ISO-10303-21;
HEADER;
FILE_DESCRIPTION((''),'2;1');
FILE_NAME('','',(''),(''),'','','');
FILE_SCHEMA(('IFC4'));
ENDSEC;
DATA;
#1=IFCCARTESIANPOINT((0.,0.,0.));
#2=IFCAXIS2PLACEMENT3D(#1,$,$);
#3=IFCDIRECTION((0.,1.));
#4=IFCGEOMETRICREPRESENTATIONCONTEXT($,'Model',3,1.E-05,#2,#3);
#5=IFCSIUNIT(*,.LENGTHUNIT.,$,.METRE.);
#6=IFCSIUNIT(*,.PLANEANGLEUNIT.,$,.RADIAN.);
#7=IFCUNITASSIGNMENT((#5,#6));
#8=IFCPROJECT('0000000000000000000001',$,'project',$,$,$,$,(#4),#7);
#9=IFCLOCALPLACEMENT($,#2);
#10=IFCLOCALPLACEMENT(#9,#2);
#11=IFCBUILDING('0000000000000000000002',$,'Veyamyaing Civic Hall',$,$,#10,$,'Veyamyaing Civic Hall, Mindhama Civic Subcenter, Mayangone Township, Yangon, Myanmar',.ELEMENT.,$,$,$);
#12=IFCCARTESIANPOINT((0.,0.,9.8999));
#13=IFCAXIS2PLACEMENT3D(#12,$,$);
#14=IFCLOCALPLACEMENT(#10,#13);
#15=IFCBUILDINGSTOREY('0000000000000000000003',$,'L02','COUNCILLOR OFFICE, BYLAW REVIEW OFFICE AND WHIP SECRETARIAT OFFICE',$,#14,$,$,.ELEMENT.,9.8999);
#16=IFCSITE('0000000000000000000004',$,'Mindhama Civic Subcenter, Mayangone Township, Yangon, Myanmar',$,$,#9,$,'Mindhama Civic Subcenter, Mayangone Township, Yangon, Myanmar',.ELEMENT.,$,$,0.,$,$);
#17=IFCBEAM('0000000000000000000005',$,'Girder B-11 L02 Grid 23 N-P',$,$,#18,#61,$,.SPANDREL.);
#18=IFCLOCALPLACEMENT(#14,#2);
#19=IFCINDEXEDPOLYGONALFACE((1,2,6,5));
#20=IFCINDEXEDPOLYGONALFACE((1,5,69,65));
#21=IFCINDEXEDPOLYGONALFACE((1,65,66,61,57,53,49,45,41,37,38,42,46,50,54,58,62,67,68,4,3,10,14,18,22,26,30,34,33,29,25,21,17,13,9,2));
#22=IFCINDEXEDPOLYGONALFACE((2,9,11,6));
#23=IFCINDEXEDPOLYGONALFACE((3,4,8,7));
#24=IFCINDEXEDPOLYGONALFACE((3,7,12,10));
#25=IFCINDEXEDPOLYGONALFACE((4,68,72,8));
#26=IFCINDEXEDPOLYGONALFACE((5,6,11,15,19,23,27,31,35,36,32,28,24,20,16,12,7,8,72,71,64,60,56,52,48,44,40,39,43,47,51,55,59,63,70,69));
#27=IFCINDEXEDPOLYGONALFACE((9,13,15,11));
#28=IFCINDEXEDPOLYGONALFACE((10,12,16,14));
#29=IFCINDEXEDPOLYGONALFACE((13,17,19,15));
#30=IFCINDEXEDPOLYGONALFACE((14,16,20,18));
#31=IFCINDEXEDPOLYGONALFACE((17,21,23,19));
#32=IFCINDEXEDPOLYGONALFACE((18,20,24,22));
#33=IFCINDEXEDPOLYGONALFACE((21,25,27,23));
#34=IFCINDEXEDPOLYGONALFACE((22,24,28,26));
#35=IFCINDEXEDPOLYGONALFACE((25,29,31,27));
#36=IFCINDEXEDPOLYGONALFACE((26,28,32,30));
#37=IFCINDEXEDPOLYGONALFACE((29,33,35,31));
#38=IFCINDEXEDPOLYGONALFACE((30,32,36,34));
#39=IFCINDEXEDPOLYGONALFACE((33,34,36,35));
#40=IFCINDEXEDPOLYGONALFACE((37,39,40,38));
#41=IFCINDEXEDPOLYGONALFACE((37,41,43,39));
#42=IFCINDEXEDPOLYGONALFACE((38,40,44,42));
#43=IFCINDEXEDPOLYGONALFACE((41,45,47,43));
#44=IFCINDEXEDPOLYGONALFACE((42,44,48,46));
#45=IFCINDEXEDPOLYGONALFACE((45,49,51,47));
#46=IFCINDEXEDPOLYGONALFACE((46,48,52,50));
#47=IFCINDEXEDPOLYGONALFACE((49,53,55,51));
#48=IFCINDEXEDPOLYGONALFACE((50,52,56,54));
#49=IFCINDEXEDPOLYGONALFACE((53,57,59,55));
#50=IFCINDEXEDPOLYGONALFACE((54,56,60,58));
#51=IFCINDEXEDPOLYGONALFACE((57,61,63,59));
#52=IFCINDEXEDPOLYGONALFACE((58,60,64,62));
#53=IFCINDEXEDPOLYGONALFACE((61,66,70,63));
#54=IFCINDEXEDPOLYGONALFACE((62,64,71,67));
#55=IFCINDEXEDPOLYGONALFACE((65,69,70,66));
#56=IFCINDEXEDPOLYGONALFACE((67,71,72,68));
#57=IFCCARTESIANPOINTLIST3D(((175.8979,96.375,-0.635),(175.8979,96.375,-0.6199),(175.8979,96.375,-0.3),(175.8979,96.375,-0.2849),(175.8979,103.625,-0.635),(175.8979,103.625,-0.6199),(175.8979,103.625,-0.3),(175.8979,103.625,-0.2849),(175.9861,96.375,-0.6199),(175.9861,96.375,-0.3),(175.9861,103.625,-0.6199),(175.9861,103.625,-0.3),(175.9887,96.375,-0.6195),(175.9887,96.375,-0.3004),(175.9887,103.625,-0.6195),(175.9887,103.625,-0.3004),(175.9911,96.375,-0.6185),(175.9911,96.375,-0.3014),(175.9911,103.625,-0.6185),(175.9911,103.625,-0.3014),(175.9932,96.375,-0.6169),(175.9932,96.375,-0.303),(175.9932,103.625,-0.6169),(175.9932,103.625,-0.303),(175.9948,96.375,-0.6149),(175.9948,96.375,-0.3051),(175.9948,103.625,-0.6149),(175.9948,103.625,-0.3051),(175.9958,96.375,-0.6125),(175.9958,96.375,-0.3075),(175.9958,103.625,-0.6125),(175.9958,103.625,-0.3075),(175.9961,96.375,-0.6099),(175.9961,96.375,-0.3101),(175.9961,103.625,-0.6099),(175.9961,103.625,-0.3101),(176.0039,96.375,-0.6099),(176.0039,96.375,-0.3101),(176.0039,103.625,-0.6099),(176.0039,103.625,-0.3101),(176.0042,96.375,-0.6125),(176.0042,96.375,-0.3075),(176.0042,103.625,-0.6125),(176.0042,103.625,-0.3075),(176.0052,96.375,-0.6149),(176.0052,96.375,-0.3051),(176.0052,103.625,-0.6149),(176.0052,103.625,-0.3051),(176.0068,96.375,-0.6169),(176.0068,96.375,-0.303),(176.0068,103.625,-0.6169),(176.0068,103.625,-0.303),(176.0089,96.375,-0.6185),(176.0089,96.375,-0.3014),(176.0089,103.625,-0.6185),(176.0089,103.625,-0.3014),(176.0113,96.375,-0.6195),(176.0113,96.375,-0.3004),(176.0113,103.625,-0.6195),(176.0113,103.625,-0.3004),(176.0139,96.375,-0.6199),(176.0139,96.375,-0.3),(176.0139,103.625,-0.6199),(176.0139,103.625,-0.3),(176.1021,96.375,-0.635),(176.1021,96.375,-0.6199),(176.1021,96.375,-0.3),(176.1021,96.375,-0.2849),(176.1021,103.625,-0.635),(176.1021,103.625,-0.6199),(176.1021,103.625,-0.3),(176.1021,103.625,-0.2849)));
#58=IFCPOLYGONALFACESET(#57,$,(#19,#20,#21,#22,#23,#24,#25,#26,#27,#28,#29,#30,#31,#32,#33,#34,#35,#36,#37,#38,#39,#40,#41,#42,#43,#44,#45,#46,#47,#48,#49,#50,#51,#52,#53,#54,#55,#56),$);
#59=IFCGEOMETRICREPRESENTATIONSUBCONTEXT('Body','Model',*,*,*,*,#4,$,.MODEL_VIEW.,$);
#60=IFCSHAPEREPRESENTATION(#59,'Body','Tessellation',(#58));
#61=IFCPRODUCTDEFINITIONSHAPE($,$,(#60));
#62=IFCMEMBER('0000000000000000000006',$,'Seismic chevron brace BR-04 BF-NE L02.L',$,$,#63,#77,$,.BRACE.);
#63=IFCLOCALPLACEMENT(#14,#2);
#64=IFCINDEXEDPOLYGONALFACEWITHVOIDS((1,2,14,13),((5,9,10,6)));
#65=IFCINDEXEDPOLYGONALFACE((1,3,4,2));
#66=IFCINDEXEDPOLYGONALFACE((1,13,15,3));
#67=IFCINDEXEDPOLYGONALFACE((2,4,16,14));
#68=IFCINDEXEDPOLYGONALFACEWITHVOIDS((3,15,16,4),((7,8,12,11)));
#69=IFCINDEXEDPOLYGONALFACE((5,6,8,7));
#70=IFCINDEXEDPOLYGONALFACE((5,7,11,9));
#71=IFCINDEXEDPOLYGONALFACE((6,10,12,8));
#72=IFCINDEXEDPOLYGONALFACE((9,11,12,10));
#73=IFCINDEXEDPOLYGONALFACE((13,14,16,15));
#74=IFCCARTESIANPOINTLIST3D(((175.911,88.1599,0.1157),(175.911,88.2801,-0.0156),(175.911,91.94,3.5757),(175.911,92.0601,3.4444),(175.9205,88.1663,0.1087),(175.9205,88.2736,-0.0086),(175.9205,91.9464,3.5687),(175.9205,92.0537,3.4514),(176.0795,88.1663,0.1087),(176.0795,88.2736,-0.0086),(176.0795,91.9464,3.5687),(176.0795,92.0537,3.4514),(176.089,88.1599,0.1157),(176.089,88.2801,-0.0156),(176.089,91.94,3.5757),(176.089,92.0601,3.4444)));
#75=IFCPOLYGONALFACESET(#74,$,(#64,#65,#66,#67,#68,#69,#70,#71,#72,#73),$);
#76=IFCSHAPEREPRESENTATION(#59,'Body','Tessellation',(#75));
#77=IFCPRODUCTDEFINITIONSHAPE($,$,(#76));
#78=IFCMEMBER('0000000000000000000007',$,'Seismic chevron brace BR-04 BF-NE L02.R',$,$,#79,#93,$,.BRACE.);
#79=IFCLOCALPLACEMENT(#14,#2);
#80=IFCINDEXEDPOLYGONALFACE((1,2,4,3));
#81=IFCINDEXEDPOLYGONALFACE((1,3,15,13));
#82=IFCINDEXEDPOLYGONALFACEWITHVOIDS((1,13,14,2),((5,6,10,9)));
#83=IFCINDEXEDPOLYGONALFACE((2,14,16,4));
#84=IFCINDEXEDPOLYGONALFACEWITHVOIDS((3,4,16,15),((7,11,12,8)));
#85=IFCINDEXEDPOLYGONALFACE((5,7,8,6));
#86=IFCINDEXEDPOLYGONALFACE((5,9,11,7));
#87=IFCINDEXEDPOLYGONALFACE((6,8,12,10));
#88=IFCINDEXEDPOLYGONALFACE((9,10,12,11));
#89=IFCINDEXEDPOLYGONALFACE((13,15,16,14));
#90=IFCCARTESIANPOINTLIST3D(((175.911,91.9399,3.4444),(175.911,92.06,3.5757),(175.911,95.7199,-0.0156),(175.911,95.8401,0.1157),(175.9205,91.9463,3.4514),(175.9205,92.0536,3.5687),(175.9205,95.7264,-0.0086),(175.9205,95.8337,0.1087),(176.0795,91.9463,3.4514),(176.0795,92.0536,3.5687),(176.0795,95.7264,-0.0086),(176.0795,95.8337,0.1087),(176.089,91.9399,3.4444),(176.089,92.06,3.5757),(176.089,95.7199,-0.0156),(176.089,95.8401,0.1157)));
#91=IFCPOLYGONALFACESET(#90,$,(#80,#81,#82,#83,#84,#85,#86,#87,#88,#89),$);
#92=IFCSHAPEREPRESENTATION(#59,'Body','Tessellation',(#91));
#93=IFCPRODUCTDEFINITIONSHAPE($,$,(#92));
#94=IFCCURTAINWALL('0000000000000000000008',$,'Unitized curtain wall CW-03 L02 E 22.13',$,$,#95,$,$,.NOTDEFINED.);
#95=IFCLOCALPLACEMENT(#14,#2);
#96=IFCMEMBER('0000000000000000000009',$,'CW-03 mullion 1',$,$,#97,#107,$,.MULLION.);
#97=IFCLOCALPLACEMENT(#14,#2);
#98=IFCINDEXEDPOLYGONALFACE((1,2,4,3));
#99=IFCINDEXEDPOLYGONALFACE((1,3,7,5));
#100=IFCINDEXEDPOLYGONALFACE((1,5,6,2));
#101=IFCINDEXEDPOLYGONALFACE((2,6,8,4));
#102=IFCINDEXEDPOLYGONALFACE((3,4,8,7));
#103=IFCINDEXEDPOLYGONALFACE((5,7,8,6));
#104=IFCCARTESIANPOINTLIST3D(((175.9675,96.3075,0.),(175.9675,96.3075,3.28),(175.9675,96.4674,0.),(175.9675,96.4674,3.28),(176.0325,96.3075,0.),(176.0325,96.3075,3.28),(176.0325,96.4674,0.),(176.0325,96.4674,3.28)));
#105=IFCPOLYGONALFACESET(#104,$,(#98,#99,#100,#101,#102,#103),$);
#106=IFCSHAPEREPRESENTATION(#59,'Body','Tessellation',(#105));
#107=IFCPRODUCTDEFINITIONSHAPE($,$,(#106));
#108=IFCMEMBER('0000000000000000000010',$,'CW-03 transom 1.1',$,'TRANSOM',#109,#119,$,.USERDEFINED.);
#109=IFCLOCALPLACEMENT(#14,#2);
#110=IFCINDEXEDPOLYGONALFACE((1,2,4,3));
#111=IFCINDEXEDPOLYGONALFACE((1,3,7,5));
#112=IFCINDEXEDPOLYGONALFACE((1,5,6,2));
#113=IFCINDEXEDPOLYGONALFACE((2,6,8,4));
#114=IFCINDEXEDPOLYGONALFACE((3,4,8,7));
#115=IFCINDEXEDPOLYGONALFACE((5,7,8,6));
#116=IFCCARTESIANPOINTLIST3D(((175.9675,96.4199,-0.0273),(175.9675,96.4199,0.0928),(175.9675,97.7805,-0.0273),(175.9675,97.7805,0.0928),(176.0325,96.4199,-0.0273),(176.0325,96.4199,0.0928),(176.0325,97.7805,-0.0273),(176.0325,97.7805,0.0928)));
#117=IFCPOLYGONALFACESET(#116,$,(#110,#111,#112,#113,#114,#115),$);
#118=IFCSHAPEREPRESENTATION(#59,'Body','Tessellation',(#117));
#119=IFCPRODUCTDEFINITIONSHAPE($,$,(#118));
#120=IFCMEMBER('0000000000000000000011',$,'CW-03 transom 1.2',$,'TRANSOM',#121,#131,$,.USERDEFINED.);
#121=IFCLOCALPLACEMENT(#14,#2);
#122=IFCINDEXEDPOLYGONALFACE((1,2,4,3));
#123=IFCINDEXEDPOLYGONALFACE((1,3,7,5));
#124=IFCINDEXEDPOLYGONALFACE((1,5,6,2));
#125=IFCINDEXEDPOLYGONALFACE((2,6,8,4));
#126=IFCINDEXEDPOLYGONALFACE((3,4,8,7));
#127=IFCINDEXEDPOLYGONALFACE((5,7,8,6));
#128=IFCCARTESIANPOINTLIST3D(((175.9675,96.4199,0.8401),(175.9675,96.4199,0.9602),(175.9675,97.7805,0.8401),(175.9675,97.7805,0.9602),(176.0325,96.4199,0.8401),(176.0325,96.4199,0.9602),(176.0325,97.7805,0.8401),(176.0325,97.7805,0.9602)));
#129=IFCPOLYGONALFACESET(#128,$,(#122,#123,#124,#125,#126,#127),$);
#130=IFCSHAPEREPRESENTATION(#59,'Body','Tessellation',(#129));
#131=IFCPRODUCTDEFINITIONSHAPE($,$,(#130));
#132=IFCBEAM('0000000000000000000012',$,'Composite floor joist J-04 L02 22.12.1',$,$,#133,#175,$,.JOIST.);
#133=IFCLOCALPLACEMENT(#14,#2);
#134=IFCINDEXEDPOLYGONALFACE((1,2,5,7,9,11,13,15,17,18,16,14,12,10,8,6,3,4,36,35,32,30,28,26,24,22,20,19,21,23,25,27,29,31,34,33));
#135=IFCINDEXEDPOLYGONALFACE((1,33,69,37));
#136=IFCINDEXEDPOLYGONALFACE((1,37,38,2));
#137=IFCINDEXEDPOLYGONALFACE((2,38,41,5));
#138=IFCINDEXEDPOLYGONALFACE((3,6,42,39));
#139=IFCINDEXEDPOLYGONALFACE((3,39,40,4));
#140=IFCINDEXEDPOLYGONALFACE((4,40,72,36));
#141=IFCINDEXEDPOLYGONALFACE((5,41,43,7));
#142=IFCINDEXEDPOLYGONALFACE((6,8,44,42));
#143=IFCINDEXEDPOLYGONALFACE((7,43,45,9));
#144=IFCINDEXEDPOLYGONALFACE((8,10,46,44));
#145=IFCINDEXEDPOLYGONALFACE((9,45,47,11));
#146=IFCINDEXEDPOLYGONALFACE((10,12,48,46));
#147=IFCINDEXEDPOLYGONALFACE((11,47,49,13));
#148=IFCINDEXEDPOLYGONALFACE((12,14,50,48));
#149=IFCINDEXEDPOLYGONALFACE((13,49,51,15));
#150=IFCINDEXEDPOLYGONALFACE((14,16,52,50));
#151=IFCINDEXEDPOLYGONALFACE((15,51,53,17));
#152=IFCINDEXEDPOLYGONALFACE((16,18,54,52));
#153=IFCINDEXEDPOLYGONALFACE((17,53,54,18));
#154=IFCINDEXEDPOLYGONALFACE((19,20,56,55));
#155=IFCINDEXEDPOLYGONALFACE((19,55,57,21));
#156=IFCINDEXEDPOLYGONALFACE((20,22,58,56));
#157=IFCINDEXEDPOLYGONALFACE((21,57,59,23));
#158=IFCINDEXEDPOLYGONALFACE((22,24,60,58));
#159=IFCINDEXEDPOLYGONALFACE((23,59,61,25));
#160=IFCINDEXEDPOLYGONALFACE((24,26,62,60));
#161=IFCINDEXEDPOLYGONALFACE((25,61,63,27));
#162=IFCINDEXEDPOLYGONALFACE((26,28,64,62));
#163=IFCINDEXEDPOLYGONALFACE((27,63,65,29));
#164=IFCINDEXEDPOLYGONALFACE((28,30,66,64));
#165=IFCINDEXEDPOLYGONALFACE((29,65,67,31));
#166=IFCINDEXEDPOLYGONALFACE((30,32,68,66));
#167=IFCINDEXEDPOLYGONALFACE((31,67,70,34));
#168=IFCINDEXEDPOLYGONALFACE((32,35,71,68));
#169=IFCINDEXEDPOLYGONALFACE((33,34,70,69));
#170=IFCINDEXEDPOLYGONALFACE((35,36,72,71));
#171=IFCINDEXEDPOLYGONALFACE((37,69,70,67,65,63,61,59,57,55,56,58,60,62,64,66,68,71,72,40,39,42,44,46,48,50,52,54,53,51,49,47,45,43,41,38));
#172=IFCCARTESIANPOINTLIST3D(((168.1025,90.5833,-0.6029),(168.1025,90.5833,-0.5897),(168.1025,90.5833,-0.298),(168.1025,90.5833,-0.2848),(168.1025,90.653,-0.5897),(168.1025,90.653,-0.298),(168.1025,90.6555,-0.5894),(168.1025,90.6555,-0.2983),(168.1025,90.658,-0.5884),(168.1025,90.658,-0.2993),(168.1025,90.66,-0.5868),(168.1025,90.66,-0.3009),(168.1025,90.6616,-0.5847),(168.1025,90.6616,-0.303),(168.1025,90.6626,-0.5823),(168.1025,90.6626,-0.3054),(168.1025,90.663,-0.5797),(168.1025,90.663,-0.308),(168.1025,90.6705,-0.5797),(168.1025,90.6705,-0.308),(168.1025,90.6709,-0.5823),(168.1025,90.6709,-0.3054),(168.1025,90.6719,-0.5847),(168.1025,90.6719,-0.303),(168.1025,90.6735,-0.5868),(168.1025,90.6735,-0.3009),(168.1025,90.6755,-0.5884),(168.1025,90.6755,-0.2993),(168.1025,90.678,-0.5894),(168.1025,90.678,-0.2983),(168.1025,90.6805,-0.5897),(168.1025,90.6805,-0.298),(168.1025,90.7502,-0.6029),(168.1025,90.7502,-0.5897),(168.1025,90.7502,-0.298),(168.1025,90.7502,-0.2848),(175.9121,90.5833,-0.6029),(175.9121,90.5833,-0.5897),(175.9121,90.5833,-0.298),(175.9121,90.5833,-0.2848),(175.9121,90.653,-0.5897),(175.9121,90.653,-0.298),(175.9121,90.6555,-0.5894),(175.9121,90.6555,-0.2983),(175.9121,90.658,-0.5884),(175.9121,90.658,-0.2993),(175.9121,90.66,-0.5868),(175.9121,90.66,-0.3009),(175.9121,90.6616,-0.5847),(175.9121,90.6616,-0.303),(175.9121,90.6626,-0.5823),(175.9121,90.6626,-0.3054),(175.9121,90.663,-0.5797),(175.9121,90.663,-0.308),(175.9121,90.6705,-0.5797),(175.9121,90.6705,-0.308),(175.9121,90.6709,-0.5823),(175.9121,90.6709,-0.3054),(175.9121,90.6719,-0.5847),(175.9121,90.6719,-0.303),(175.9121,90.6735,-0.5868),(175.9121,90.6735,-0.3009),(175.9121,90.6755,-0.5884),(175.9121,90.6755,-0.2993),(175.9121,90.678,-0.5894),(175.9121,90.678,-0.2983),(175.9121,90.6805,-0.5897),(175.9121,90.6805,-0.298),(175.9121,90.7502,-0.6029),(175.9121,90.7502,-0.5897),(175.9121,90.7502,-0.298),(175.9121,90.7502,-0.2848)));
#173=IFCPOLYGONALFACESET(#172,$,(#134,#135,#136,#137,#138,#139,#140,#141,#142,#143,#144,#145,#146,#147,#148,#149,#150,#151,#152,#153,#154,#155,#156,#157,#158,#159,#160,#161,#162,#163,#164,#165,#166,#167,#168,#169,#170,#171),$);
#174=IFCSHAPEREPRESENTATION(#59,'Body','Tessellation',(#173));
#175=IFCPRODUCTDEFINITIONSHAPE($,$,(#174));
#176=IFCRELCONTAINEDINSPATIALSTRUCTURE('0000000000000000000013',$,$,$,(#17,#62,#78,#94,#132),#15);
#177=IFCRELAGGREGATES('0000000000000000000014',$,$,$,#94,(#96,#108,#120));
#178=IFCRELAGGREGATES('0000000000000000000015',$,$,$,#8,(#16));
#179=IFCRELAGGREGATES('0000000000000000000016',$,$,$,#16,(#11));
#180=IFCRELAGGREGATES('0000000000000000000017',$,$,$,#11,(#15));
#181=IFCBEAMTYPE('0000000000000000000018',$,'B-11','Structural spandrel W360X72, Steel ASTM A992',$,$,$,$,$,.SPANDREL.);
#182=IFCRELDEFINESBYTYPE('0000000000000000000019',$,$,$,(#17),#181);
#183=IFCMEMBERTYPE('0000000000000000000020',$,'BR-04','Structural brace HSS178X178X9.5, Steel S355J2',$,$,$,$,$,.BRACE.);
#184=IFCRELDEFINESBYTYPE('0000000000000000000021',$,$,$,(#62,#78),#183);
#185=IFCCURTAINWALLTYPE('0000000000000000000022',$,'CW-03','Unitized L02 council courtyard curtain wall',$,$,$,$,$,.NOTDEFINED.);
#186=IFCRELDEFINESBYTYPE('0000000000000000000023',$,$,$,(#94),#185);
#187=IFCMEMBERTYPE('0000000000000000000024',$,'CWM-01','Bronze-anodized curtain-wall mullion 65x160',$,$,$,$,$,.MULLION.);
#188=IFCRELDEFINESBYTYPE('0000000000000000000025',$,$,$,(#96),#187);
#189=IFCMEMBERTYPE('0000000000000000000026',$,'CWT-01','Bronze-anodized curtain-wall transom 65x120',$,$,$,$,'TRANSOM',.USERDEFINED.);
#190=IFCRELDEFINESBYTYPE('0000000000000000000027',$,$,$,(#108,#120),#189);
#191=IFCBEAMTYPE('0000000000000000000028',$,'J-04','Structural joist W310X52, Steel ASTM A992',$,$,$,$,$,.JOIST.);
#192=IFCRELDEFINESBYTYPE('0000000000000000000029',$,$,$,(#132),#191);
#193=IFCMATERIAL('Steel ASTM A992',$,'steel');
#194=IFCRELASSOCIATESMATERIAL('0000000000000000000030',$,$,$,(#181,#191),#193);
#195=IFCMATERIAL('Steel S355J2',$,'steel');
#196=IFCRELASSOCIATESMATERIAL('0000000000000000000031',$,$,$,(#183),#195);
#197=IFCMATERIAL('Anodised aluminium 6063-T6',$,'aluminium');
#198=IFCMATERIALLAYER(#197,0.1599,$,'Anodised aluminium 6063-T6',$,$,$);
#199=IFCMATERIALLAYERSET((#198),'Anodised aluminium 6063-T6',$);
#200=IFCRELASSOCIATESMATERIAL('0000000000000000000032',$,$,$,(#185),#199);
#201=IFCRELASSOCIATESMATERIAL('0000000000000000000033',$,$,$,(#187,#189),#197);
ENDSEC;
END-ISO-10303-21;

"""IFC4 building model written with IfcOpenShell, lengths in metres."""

from ifc_helpers import new_model, si_unit, direction, frame, origin, origin_2d, place, context, subcontext, project, spatial, rectangle, hollow_rectangle, i_section, extrude, material, layer, layer_set, material_profile, profile_set, type_object, element, aggregate, save


model = new_model("IFC4")

# Units and contexts
model_context = context("Model", 3, precision=1e-05, world=origin(), true_north=direction((0.0, 1.0)))
body_context = subcontext(model_context, "Body", "Model", "MODEL_VIEW")
ifc_project = project(units=[si_unit("LENGTHUNIT", "METRE"), si_unit("PLANEANGLEUNIT", "RADIAN")], contexts=[model_context])

# Site, building, storey
site_placement = place(None, origin())
site = spatial("IfcSite", under=ifc_project, at=site_placement, Name="Mindhama Civic Subcenter, Mayangone Township, Yangon, Myanmar", LongName="Mindhama Civic Subcenter, Mayangone Township, Yangon, Myanmar", CompositionType="ELEMENT", RefElevation=0.0)
building_placement = place(site_placement, origin())
building = spatial("IfcBuilding", under=site, at=building_placement, Name="Veyamyaing Civic Hall", LongName="Veyamyaing Civic Hall, Mindhama Civic Subcenter, Mayangone Township, Yangon, Myanmar", CompositionType="ELEMENT")
storey_placement = place(building_placement, frame((0.0, 0.0, 9.8999)))
storey = spatial("IfcBuildingStorey", under=building, at=storey_placement, Name="L02", Description="COUNCILLOR OFFICE, BYLAW REVIEW OFFICE AND WHIP SECRETARIAT OFFICE", CompositionType="ELEMENT", Elevation=9.8999)

# Beam
ifc_material_1 = material(Name="Steel ASTM A992", Category="steel")
ifc_material_profile_1 = material_profile(ifc_material_1, i_section(OverallWidth=0.2041, OverallDepth=0.3501, WebThickness=0.0078, FlangeThickness=0.0151, FilletRadius=0.01, at=origin_2d()), Name="W360X72")
ifc_profile_set_1 = profile_set([ifc_material_profile_1], Name="Steel ASTM A992")
beam_type_1 = type_object("IfcBeamType", Name="B-11", Description="Structural spandrel W360X72, Steel ASTM A992", PredefinedType="SPANDREL", material=ifc_profile_set_1)
beam_1_placement = place(storey_placement, frame((176.0, 96.375, -0.46), z_axis=(0.0, 1.0, 0.0), x_axis=(-1.0, 0.0, 0.0)))
element("IfcBeam", 1, at=beam_1_placement, inside=storey, type_object=beam_type_1, Name="Girder B-11 L02 Grid 23 N-P", PredefinedType="SPANDREL", context=body_context, shape_type="SweptSolid", body=[
    extrude(i_section(OverallWidth=0.2041, OverallDepth=0.3501, WebThickness=0.0078, FlangeThickness=0.0151, FilletRadius=0.01, at=origin_2d()), origin(), (0.0, 0.0, 1.0), 7.25),
])

# Members
ifc_material_2 = material(Name="Steel S355J2", Category="steel")
ifc_material_profile_2 = material_profile(ifc_material_2, hollow_rectangle(XDim=0.178, YDim=0.178, WallThickness=0.0095, at=origin_2d()), Name="HSS178X178X9.5")
ifc_profile_set_2 = profile_set([ifc_material_profile_2], Name="Steel S355J2")
member_type_1 = type_object("IfcMemberType", Name="BR-04", Description="Structural brace HSS178X178X9.5, Steel S355J2", PredefinedType="BRACE", material=ifc_profile_set_2)
for number, where, z_axis, x_axis, name in (
    (2, (176.0, 88.22, 0.05), (0.0, 0.737646, 0.675187), (-1.0, 0.0, 0.0), "Seismic chevron brace BR-04 BF-NE L02.L"),
    (3, (176.0, 95.78, 0.05), (0.0, -0.737646, 0.675187), (1.0, 0.0, 0.0), "Seismic chevron brace BR-04 BF-NE L02.R"),
):
    element("IfcMember", number, at=place(storey_placement, frame(where, z_axis=z_axis, x_axis=x_axis)), inside=storey, type_object=member_type_1, Name=name, PredefinedType="BRACE", context=body_context, shape_type="SweptSolid", body=[
        extrude(hollow_rectangle(XDim=0.178, YDim=0.178, WallThickness=0.0095, at=origin_2d()), origin(), (0.0, 0.0, 1.0), 5.1245),
    ])

# Curtain wall, members
ifc_material_3 = material(Name="Anodised aluminium 6063-T6", Category="aluminium")
ifc_layer_1 = layer(ifc_material_3, 0.1599, Name="Anodised aluminium 6063-T6")
ifc_layer_set_1 = layer_set([ifc_layer_1], Name="Anodised aluminium 6063-T6")
curtain_wall_type = type_object("IfcCurtainWallType", Name="CW-03", Description="Unitized L02 council courtyard curtain wall", PredefinedType="NOTDEFINED", material=ifc_layer_set_1)
curtain_wall_placement = place(storey_placement, origin())
curtain_wall = element("IfcCurtainWall", 4, at=curtain_wall_placement, inside=storey, type_object=curtain_wall_type, Name="Unitized curtain wall CW-03 L02 E 22.13", PredefinedType="NOTDEFINED")
ifc_material_profile_3 = material_profile(ifc_material_3, rectangle(XDim=0.0649, YDim=0.1599, at=origin_2d()), Name="ALU-MUL-65X160")
ifc_profile_set_3 = profile_set([ifc_material_profile_3], Name="Anodised aluminium 6063-T6")
member_type_2 = type_object("IfcMemberType", Name="CWM-01", Description="Bronze-anodized curtain-wall mullion 65x160", PredefinedType="MULLION", material=ifc_profile_set_3)
member_1_placement = place(storey_placement, frame((176.0, 96.3875, 0.0), z_axis=(0.0, 0.0, 1.0), x_axis=(-1.0, 0.0, 0.0)))
member_1 = element("IfcMember", 5, at=member_1_placement, type_object=member_type_2, Name="CW-03 mullion 1", PredefinedType="MULLION", context=body_context, shape_type="SweptSolid", body=[
    extrude(rectangle(XDim=0.0649, YDim=0.1599, at=origin_2d()), origin(), (0.0, 0.0, 1.0), 3.28),
])
ifc_material_profile_4 = material_profile(ifc_material_3, rectangle(XDim=0.0649, YDim=0.1201, at=origin_2d()), Name="ALU-TRN-65X120")
ifc_profile_set_4 = profile_set([ifc_material_profile_4], Name="Anodised aluminium 6063-T6")
member_type_3 = type_object("IfcMemberType", Name="CWT-01", Description="Bronze-anodized curtain-wall transom 65x120", ElementType="TRANSOM", PredefinedType="USERDEFINED", material=ifc_profile_set_4)
member_2_placement = place(storey_placement, frame((176.0, 96.4199, 0.0327), z_axis=(0.0, 1.0, 0.0), x_axis=(-1.0, 0.0, 0.0)))
member_2 = element("IfcMember", 6, at=member_2_placement, type_object=member_type_3, Name="CW-03 transom 1.1", ObjectType="TRANSOM", PredefinedType="USERDEFINED", context=body_context, shape_type="SweptSolid", body=[
    extrude(rectangle(XDim=0.0649, YDim=0.1201, at=origin_2d()), origin(), (0.0, 0.0, 1.0), 1.3606),
])
member_3_placement = place(storey_placement, frame((176.0, 96.4199, 0.9001), z_axis=(0.0, 1.0, 0.0), x_axis=(-1.0, 0.0, 0.0)))
member_3 = element("IfcMember", 7, at=member_3_placement, type_object=member_type_3, Name="CW-03 transom 1.2", ObjectType="TRANSOM", PredefinedType="USERDEFINED", context=body_context, shape_type="SweptSolid", body=[
    extrude(rectangle(XDim=0.0649, YDim=0.1201, at=origin_2d()), origin(), (0.0, 0.0, 1.0), 1.3606),
])
aggregate(curtain_wall, [member_1, member_2, member_3])

# Beam
ifc_material_profile_5 = material_profile(ifc_material_1, i_section(OverallWidth=0.167, OverallDepth=0.3181, WebThickness=0.0076, FlangeThickness=0.0132, FilletRadius=0.01, at=origin_2d()), Name="W310X52")
ifc_profile_set_5 = profile_set([ifc_material_profile_5], Name="Steel ASTM A992")
beam_type_2 = type_object("IfcBeamType", Name="J-04", Description="Structural joist W310X52, Steel ASTM A992", PredefinedType="JOIST", material=ifc_profile_set_5)
for number, where, z_axis, x_axis, name in (
    (8, (168.1025, 90.6667, -0.4438), (1.0, 0.0, 0.0), (0.0, 1.0, 0.0), "Composite floor joist J-04 L02 22.12.1"),
):
    element("IfcBeam", number, at=place(storey_placement, frame(where, z_axis=z_axis, x_axis=x_axis)), inside=storey, type_object=beam_type_2, Name=name, PredefinedType="JOIST", context=body_context, shape_type="SweptSolid", body=[
        extrude(i_section(OverallWidth=0.167, OverallDepth=0.3181, WebThickness=0.0076, FlangeThickness=0.0132, FilletRadius=0.01, at=origin_2d()), origin(), (0.0, 0.0, 1.0), 7.8096),
    ])

save(model, "model.ifc")
